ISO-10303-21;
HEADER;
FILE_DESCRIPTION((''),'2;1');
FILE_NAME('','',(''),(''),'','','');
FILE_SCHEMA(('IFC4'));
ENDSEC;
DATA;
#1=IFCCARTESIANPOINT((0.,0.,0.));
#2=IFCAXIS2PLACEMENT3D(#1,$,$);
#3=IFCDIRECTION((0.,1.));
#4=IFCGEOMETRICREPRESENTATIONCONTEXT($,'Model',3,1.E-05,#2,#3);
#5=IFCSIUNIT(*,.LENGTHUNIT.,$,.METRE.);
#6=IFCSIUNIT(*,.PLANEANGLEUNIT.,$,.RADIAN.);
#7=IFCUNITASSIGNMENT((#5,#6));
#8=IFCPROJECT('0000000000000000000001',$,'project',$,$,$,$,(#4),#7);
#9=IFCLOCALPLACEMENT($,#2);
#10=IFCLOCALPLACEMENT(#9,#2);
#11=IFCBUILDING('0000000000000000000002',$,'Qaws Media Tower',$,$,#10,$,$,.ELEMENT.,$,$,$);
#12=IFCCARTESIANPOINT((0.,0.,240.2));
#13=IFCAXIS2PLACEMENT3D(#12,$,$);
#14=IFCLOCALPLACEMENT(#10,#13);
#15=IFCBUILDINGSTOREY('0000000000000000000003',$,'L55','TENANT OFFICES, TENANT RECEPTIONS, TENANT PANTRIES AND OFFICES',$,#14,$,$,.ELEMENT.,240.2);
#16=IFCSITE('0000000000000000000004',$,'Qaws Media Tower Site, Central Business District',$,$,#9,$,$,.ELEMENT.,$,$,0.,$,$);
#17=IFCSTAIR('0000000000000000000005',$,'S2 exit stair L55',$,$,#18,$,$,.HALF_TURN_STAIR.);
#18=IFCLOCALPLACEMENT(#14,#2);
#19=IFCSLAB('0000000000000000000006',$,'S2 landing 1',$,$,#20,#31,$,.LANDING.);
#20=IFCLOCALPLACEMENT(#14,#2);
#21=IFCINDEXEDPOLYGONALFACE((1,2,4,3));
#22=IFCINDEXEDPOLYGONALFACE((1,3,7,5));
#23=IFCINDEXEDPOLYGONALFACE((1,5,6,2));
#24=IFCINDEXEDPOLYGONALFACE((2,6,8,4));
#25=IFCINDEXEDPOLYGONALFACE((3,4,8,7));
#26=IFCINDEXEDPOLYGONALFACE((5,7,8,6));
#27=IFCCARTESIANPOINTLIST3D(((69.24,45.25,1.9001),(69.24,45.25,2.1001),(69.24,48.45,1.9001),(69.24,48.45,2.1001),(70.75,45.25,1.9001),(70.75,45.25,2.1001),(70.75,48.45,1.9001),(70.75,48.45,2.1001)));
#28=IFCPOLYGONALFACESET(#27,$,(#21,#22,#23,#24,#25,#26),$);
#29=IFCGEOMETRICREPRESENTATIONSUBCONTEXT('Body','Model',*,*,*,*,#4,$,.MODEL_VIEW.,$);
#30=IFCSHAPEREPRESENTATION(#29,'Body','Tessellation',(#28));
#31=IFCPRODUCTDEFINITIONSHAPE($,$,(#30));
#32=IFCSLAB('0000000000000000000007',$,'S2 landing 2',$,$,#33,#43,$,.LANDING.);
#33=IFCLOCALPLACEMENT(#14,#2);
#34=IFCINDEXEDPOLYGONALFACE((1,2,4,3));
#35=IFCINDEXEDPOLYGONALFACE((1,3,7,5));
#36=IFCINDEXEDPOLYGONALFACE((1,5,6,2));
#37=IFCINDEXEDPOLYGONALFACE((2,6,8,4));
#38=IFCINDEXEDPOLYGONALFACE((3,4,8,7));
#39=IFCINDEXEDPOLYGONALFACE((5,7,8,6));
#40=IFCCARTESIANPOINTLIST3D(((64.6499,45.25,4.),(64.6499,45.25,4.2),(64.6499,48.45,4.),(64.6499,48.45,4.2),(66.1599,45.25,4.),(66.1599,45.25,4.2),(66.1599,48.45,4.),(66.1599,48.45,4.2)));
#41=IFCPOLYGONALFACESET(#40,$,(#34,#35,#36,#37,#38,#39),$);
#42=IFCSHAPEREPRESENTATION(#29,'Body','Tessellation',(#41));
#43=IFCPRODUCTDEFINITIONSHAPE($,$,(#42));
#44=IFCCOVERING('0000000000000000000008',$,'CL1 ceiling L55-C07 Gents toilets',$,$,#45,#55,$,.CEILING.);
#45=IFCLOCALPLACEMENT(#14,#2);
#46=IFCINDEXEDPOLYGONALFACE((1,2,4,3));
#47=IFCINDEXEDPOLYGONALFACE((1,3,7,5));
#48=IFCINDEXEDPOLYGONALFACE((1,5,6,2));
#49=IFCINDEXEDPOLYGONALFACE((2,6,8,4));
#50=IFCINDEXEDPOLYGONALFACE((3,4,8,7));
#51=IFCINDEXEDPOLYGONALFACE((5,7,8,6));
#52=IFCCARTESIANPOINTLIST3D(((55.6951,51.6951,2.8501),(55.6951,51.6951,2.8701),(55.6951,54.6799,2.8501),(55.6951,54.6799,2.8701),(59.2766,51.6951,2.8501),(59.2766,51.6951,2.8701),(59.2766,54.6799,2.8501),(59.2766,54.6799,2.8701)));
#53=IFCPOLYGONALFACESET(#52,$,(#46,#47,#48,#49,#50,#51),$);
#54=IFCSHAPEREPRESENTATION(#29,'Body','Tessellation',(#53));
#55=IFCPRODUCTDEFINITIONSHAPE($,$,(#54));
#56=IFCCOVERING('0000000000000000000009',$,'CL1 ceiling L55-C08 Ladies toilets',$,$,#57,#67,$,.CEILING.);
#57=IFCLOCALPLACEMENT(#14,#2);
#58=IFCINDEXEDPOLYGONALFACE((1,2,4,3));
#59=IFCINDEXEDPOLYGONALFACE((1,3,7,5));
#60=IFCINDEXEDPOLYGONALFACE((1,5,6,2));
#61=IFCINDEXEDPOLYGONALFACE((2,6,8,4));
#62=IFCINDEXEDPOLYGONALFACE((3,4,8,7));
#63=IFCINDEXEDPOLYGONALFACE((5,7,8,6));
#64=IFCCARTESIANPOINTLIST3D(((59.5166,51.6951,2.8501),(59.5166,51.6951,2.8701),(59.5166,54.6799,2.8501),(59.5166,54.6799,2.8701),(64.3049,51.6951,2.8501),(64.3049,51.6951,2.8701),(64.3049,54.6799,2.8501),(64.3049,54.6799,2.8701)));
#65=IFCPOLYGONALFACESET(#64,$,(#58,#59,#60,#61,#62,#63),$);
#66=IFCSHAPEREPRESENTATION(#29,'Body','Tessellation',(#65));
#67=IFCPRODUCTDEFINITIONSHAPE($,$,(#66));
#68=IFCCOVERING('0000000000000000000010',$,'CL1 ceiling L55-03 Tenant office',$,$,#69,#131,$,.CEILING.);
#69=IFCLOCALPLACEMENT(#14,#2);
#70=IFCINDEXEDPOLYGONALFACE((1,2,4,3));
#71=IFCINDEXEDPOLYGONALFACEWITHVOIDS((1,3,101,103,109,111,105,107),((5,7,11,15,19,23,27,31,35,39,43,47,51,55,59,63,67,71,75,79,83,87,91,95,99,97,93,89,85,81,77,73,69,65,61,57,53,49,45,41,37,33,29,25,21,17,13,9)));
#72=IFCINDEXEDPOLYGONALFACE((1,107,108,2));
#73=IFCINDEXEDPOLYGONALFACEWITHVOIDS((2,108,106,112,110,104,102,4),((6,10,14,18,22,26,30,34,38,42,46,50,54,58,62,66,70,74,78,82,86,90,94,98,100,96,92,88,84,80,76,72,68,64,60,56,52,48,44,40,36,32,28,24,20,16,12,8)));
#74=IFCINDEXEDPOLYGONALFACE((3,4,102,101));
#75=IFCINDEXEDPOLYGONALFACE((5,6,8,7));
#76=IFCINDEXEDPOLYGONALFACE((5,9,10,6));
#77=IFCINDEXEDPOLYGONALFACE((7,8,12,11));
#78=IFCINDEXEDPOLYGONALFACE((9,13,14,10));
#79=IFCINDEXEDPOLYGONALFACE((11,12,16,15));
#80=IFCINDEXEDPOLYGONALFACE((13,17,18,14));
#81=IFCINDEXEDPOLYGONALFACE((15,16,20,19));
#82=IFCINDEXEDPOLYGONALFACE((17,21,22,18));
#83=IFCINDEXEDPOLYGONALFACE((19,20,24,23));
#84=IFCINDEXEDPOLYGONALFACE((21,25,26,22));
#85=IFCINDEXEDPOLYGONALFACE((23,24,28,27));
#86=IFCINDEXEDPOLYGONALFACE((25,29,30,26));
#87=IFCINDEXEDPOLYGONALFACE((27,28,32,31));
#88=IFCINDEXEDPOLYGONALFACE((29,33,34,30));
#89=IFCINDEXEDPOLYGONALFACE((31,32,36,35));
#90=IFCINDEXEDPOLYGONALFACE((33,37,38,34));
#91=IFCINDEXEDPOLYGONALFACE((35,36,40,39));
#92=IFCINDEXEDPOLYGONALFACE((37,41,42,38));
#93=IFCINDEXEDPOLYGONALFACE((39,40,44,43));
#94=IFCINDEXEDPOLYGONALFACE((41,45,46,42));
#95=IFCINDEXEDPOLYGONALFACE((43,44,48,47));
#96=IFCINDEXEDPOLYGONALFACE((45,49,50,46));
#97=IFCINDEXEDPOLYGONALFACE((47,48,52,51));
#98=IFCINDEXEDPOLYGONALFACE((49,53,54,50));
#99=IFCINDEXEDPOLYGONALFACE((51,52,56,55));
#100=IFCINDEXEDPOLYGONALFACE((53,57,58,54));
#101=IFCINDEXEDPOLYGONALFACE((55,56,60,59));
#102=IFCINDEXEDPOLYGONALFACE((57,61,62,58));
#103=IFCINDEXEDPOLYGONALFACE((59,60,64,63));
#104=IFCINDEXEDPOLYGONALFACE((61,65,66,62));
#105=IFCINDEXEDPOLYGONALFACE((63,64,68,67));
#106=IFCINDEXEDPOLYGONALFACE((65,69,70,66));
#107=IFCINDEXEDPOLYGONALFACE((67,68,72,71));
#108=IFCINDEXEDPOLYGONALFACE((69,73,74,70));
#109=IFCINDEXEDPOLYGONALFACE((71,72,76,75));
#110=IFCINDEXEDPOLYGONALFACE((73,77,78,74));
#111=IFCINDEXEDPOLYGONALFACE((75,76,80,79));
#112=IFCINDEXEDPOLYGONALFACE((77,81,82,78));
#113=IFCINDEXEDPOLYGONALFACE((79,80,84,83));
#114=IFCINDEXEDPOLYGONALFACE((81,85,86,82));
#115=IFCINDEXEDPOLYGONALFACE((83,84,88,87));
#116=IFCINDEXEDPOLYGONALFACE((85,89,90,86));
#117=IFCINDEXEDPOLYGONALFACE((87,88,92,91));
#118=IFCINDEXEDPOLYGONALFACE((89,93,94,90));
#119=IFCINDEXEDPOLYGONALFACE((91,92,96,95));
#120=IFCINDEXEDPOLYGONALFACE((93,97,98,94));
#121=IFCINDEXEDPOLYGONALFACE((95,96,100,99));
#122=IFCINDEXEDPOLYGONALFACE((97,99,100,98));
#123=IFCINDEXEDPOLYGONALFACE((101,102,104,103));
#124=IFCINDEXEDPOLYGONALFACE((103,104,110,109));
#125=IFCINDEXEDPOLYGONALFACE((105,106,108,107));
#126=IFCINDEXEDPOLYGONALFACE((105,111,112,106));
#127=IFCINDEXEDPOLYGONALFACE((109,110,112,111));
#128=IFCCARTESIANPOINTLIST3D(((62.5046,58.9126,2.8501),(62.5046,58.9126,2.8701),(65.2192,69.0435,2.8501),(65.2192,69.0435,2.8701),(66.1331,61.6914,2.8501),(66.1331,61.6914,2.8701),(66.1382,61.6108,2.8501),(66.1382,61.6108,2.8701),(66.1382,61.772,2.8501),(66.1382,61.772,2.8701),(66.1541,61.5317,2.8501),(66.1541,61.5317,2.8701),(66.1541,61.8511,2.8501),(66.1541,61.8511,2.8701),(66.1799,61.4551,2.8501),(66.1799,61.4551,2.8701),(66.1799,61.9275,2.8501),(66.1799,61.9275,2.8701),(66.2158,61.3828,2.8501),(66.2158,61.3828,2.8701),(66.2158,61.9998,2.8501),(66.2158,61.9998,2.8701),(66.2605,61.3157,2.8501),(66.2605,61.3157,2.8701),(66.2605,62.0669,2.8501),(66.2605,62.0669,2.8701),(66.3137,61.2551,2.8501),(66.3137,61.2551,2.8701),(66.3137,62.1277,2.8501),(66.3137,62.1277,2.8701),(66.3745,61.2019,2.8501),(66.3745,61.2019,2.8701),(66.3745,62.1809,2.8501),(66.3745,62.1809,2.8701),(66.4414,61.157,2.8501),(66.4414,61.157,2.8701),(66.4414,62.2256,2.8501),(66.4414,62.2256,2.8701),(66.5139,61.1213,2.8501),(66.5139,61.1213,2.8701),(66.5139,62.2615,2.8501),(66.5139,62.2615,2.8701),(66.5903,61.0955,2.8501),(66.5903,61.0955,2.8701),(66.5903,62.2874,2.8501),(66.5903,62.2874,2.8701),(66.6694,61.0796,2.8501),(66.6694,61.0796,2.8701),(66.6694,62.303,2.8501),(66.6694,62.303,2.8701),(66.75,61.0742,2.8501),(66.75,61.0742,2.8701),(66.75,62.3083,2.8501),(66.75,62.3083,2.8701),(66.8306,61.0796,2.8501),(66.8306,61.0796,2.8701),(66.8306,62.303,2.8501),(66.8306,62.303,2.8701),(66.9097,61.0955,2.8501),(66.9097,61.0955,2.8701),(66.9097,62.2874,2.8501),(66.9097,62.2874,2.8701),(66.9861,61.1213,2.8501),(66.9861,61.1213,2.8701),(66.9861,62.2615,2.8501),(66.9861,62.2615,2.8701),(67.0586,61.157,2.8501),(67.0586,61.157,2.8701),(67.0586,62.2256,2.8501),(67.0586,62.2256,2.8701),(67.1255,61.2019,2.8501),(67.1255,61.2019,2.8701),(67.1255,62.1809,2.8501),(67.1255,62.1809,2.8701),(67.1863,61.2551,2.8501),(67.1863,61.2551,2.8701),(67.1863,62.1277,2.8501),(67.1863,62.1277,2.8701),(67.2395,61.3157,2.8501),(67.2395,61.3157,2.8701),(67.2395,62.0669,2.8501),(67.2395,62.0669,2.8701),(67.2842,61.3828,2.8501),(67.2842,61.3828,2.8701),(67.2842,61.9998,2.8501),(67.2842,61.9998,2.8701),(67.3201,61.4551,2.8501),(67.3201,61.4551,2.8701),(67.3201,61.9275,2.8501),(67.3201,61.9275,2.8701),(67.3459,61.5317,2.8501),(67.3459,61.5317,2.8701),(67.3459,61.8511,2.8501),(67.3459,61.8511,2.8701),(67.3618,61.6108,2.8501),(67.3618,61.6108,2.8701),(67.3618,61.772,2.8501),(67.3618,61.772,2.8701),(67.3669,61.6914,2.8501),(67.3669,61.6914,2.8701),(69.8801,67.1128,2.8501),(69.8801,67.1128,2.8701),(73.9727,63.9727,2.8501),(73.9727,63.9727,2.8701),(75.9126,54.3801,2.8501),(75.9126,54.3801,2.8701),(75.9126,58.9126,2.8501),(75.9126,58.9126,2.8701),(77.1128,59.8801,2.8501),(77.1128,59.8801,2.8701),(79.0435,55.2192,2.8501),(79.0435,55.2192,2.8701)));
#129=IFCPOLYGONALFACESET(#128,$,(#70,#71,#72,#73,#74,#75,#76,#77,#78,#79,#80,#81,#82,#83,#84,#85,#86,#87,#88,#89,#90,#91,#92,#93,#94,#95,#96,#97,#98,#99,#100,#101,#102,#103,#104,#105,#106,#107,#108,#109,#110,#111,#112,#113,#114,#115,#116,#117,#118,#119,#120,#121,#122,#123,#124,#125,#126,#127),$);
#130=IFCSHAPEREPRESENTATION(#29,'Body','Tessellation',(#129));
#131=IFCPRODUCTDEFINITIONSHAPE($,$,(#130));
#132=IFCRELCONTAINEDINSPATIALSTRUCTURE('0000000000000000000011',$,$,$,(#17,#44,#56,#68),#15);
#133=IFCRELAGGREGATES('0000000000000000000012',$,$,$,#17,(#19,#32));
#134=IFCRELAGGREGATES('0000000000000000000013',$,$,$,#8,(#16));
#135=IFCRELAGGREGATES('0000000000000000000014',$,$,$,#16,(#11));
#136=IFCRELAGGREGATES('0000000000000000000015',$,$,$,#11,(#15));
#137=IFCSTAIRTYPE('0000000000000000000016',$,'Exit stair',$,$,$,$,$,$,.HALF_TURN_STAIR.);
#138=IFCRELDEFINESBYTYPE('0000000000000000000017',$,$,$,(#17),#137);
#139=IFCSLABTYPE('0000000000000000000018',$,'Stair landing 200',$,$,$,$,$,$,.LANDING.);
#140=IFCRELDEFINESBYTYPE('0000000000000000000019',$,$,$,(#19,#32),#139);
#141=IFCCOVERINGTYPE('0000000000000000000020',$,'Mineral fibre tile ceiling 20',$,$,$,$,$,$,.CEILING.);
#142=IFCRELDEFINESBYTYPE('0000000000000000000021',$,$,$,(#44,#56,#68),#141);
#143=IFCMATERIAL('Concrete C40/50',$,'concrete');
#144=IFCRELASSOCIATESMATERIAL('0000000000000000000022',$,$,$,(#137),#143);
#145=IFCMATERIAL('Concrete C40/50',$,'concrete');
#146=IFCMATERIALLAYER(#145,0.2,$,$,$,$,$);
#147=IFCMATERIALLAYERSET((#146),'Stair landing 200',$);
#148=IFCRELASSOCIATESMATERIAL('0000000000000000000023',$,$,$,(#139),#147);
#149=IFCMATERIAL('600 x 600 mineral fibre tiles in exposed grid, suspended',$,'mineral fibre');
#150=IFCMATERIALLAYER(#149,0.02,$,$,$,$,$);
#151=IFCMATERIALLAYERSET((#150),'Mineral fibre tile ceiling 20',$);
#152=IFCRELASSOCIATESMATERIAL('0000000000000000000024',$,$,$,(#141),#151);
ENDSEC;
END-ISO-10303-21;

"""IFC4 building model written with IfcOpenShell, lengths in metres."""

from ifc_helpers import new_model, si_unit, direction, frame, origin, place, context, subcontext, project, spatial, polyline, outline, extrude, material, layer, layer_set, type_object, element, aggregate, save


model = new_model("IFC4")

# Units and contexts
model_context = context("Model", 3, precision=1e-05, world=origin(), true_north=direction((0.0, 1.0)))
body_context = subcontext(model_context, "Body", "Model", "MODEL_VIEW")
ifc_project = project(units=[si_unit("LENGTHUNIT", "METRE"), si_unit("PLANEANGLEUNIT", "RADIAN")], contexts=[model_context])

# Site, building, storey
site_placement = place(None, origin())
site = spatial("IfcSite", under=ifc_project, at=site_placement, Name="Qaws Media Tower Site, Central Business District", CompositionType="ELEMENT", RefElevation=0.0)
building_placement = place(site_placement, origin())
building = spatial("IfcBuilding", under=site, at=building_placement, Name="Qaws Media Tower", CompositionType="ELEMENT")
storey_placement = place(building_placement, frame((0.0, 0.0, 240.2)))
storey = spatial("IfcBuildingStorey", under=building, at=storey_placement, Name="L55", Description="TENANT OFFICES, TENANT RECEPTIONS, TENANT PANTRIES AND OFFICES", CompositionType="ELEMENT", Elevation=240.2)

# Stair, slabs
ifc_material_1 = material(Name="Concrete C40/50", Category="concrete")
stair_type = type_object("IfcStairType", Name="Exit stair", PredefinedType="HALF_TURN_STAIR", material=ifc_material_1)
ifc_material_2 = material(Name="Concrete C40/50", Category="concrete")
ifc_layer_1 = layer(ifc_material_2, 0.2)
ifc_layer_set_1 = layer_set([ifc_layer_1], Name="Stair landing 200")
slab_type = type_object("IfcSlabType", Name="Stair landing 200", PredefinedType="LANDING", material=ifc_layer_set_1)
stair_1_placement = place(storey_placement, origin())
stair_1 = element("IfcStair", 1, at=stair_1_placement, inside=storey, type_object=stair_type, Name="S2 exit stair L55", PredefinedType="HALF_TURN_STAIR")
slab_1_placement = place(storey_placement, frame((0.0, 0.0, 1.9001)))
slab_1 = element("IfcSlab", 2, at=slab_1_placement, type_object=slab_type, Name="S2 landing 1", PredefinedType="LANDING", context=body_context, shape_type="SweptSolid", body=[
    extrude(outline(polyline([(69.24, 45.25), (70.75, 45.25), (70.75, 48.45), (69.24, 48.45), (69.24, 45.25)])), origin(), (0.0, 0.0, 1.0), 0.2),
])
slab_2_placement = place(storey_placement, frame((0.0, 0.0, 4.0)))
slab_2 = element("IfcSlab", 3, at=slab_2_placement, type_object=slab_type, Name="S2 landing 2", PredefinedType="LANDING", context=body_context, shape_type="SweptSolid", body=[
    extrude(outline(polyline([(64.6499, 45.25), (66.1599, 45.25), (66.1599, 48.45), (64.6499, 48.45), (64.6499, 45.25)])), origin(), (0.0, 0.0, 1.0), 0.2),
])
aggregate(stair_1, [slab_1, slab_2])

# Coverings
ifc_material_3 = material(Name="600 x 600 mineral fibre tiles in exposed grid, suspended", Category="mineral fibre")
ifc_layer_2 = layer(ifc_material_3, 0.02)
ifc_layer_set_2 = layer_set([ifc_layer_2], Name="Mineral fibre tile ceiling 20")
covering_type_1 = type_object("IfcCoveringType", Name="Mineral fibre tile ceiling 20", PredefinedType="CEILING", material=ifc_layer_set_2)
covering_1_placement = place(storey_placement, frame((0.0, 0.0, 2.8501)))
element("IfcCovering", 4, at=covering_1_placement, inside=storey, type_object=covering_type_1, Name="CL1 ceiling L55-C07 Gents toilets", PredefinedType="CEILING", context=body_context, shape_type="SweptSolid", body=[
    extrude(outline(polyline([(55.6951, 51.6951), (55.6951, 54.6799), (59.2766, 54.6799), (59.2766, 51.6951), (55.6951, 51.6951)])), origin(), (0.0, 0.0, 1.0), 0.02),
])
covering_2_placement = place(storey_placement, frame((0.0, 0.0, 2.8501)))
element("IfcCovering", 5, at=covering_2_placement, inside=storey, type_object=covering_type_1, Name="CL1 ceiling L55-C08 Ladies toilets", PredefinedType="CEILING", context=body_context, shape_type="SweptSolid", body=[
    extrude(outline(polyline([(59.5166, 51.6951), (59.5166, 54.6799), (64.3049, 54.6799), (64.3049, 51.6951), (59.5166, 51.6951)])), origin(), (0.0, 0.0, 1.0), 0.02),
])
covering_3_placement = place(storey_placement, frame((0.0, 0.0, 2.8501)))
element("IfcCovering", 6, at=covering_3_placement, inside=storey, type_object=covering_type_1, Name="CL1 ceiling L55-03 Tenant office", PredefinedType="CEILING", context=body_context, shape_type="SweptSolid", body=[
    extrude(outline(polyline([(69.8801, 67.1128), (73.9727, 63.9727), (77.1128, 59.8801), (79.0435, 55.2192), (75.9126, 54.3801), (75.9126, 58.9126), (62.5046, 58.9126), (65.2192, 69.0435), (69.8801, 67.1128)]), holes=[polyline([(67.3201, 61.4551), (67.3459, 61.5317), (67.3618, 61.6108), (67.3669, 61.6914), (67.3618, 61.772), (67.3459, 61.8511), (67.3201, 61.9275), (67.2842, 61.9998), (67.2395, 62.0669), (67.1863, 62.1277), (67.1255, 62.1809), (67.0586, 62.2256), (66.9861, 62.2615), (66.9097, 62.2874), (66.8306, 62.303), (66.75, 62.3083), (66.6694, 62.303), (66.5903, 62.2874), (66.5139, 62.2615), (66.4414, 62.2256), (66.3745, 62.1809), (66.3137, 62.1277), (66.2605, 62.0669), (66.2158, 61.9998), (66.1799, 61.9275), (66.1541, 61.8511), (66.1382, 61.772), (66.1331, 61.6914), (66.1382, 61.6108), (66.1541, 61.5317), (66.1799, 61.4551), (66.2158, 61.3828), (66.2605, 61.3157), (66.3137, 61.2551), (66.3745, 61.2019), (66.4414, 61.157), (66.5139, 61.1213), (66.5903, 61.0955), (66.6694, 61.0796), (66.75, 61.0742), (66.8306, 61.0796), (66.9097, 61.0955), (66.9861, 61.1213), (67.0586, 61.157), (67.1255, 61.2019), (67.1863, 61.2551), (67.2395, 61.3157), (67.2842, 61.3828), (67.3201, 61.4551)])]), origin(), (0.0, 0.0, 1.0), 0.02),
])

save(model, "model.ifc")
